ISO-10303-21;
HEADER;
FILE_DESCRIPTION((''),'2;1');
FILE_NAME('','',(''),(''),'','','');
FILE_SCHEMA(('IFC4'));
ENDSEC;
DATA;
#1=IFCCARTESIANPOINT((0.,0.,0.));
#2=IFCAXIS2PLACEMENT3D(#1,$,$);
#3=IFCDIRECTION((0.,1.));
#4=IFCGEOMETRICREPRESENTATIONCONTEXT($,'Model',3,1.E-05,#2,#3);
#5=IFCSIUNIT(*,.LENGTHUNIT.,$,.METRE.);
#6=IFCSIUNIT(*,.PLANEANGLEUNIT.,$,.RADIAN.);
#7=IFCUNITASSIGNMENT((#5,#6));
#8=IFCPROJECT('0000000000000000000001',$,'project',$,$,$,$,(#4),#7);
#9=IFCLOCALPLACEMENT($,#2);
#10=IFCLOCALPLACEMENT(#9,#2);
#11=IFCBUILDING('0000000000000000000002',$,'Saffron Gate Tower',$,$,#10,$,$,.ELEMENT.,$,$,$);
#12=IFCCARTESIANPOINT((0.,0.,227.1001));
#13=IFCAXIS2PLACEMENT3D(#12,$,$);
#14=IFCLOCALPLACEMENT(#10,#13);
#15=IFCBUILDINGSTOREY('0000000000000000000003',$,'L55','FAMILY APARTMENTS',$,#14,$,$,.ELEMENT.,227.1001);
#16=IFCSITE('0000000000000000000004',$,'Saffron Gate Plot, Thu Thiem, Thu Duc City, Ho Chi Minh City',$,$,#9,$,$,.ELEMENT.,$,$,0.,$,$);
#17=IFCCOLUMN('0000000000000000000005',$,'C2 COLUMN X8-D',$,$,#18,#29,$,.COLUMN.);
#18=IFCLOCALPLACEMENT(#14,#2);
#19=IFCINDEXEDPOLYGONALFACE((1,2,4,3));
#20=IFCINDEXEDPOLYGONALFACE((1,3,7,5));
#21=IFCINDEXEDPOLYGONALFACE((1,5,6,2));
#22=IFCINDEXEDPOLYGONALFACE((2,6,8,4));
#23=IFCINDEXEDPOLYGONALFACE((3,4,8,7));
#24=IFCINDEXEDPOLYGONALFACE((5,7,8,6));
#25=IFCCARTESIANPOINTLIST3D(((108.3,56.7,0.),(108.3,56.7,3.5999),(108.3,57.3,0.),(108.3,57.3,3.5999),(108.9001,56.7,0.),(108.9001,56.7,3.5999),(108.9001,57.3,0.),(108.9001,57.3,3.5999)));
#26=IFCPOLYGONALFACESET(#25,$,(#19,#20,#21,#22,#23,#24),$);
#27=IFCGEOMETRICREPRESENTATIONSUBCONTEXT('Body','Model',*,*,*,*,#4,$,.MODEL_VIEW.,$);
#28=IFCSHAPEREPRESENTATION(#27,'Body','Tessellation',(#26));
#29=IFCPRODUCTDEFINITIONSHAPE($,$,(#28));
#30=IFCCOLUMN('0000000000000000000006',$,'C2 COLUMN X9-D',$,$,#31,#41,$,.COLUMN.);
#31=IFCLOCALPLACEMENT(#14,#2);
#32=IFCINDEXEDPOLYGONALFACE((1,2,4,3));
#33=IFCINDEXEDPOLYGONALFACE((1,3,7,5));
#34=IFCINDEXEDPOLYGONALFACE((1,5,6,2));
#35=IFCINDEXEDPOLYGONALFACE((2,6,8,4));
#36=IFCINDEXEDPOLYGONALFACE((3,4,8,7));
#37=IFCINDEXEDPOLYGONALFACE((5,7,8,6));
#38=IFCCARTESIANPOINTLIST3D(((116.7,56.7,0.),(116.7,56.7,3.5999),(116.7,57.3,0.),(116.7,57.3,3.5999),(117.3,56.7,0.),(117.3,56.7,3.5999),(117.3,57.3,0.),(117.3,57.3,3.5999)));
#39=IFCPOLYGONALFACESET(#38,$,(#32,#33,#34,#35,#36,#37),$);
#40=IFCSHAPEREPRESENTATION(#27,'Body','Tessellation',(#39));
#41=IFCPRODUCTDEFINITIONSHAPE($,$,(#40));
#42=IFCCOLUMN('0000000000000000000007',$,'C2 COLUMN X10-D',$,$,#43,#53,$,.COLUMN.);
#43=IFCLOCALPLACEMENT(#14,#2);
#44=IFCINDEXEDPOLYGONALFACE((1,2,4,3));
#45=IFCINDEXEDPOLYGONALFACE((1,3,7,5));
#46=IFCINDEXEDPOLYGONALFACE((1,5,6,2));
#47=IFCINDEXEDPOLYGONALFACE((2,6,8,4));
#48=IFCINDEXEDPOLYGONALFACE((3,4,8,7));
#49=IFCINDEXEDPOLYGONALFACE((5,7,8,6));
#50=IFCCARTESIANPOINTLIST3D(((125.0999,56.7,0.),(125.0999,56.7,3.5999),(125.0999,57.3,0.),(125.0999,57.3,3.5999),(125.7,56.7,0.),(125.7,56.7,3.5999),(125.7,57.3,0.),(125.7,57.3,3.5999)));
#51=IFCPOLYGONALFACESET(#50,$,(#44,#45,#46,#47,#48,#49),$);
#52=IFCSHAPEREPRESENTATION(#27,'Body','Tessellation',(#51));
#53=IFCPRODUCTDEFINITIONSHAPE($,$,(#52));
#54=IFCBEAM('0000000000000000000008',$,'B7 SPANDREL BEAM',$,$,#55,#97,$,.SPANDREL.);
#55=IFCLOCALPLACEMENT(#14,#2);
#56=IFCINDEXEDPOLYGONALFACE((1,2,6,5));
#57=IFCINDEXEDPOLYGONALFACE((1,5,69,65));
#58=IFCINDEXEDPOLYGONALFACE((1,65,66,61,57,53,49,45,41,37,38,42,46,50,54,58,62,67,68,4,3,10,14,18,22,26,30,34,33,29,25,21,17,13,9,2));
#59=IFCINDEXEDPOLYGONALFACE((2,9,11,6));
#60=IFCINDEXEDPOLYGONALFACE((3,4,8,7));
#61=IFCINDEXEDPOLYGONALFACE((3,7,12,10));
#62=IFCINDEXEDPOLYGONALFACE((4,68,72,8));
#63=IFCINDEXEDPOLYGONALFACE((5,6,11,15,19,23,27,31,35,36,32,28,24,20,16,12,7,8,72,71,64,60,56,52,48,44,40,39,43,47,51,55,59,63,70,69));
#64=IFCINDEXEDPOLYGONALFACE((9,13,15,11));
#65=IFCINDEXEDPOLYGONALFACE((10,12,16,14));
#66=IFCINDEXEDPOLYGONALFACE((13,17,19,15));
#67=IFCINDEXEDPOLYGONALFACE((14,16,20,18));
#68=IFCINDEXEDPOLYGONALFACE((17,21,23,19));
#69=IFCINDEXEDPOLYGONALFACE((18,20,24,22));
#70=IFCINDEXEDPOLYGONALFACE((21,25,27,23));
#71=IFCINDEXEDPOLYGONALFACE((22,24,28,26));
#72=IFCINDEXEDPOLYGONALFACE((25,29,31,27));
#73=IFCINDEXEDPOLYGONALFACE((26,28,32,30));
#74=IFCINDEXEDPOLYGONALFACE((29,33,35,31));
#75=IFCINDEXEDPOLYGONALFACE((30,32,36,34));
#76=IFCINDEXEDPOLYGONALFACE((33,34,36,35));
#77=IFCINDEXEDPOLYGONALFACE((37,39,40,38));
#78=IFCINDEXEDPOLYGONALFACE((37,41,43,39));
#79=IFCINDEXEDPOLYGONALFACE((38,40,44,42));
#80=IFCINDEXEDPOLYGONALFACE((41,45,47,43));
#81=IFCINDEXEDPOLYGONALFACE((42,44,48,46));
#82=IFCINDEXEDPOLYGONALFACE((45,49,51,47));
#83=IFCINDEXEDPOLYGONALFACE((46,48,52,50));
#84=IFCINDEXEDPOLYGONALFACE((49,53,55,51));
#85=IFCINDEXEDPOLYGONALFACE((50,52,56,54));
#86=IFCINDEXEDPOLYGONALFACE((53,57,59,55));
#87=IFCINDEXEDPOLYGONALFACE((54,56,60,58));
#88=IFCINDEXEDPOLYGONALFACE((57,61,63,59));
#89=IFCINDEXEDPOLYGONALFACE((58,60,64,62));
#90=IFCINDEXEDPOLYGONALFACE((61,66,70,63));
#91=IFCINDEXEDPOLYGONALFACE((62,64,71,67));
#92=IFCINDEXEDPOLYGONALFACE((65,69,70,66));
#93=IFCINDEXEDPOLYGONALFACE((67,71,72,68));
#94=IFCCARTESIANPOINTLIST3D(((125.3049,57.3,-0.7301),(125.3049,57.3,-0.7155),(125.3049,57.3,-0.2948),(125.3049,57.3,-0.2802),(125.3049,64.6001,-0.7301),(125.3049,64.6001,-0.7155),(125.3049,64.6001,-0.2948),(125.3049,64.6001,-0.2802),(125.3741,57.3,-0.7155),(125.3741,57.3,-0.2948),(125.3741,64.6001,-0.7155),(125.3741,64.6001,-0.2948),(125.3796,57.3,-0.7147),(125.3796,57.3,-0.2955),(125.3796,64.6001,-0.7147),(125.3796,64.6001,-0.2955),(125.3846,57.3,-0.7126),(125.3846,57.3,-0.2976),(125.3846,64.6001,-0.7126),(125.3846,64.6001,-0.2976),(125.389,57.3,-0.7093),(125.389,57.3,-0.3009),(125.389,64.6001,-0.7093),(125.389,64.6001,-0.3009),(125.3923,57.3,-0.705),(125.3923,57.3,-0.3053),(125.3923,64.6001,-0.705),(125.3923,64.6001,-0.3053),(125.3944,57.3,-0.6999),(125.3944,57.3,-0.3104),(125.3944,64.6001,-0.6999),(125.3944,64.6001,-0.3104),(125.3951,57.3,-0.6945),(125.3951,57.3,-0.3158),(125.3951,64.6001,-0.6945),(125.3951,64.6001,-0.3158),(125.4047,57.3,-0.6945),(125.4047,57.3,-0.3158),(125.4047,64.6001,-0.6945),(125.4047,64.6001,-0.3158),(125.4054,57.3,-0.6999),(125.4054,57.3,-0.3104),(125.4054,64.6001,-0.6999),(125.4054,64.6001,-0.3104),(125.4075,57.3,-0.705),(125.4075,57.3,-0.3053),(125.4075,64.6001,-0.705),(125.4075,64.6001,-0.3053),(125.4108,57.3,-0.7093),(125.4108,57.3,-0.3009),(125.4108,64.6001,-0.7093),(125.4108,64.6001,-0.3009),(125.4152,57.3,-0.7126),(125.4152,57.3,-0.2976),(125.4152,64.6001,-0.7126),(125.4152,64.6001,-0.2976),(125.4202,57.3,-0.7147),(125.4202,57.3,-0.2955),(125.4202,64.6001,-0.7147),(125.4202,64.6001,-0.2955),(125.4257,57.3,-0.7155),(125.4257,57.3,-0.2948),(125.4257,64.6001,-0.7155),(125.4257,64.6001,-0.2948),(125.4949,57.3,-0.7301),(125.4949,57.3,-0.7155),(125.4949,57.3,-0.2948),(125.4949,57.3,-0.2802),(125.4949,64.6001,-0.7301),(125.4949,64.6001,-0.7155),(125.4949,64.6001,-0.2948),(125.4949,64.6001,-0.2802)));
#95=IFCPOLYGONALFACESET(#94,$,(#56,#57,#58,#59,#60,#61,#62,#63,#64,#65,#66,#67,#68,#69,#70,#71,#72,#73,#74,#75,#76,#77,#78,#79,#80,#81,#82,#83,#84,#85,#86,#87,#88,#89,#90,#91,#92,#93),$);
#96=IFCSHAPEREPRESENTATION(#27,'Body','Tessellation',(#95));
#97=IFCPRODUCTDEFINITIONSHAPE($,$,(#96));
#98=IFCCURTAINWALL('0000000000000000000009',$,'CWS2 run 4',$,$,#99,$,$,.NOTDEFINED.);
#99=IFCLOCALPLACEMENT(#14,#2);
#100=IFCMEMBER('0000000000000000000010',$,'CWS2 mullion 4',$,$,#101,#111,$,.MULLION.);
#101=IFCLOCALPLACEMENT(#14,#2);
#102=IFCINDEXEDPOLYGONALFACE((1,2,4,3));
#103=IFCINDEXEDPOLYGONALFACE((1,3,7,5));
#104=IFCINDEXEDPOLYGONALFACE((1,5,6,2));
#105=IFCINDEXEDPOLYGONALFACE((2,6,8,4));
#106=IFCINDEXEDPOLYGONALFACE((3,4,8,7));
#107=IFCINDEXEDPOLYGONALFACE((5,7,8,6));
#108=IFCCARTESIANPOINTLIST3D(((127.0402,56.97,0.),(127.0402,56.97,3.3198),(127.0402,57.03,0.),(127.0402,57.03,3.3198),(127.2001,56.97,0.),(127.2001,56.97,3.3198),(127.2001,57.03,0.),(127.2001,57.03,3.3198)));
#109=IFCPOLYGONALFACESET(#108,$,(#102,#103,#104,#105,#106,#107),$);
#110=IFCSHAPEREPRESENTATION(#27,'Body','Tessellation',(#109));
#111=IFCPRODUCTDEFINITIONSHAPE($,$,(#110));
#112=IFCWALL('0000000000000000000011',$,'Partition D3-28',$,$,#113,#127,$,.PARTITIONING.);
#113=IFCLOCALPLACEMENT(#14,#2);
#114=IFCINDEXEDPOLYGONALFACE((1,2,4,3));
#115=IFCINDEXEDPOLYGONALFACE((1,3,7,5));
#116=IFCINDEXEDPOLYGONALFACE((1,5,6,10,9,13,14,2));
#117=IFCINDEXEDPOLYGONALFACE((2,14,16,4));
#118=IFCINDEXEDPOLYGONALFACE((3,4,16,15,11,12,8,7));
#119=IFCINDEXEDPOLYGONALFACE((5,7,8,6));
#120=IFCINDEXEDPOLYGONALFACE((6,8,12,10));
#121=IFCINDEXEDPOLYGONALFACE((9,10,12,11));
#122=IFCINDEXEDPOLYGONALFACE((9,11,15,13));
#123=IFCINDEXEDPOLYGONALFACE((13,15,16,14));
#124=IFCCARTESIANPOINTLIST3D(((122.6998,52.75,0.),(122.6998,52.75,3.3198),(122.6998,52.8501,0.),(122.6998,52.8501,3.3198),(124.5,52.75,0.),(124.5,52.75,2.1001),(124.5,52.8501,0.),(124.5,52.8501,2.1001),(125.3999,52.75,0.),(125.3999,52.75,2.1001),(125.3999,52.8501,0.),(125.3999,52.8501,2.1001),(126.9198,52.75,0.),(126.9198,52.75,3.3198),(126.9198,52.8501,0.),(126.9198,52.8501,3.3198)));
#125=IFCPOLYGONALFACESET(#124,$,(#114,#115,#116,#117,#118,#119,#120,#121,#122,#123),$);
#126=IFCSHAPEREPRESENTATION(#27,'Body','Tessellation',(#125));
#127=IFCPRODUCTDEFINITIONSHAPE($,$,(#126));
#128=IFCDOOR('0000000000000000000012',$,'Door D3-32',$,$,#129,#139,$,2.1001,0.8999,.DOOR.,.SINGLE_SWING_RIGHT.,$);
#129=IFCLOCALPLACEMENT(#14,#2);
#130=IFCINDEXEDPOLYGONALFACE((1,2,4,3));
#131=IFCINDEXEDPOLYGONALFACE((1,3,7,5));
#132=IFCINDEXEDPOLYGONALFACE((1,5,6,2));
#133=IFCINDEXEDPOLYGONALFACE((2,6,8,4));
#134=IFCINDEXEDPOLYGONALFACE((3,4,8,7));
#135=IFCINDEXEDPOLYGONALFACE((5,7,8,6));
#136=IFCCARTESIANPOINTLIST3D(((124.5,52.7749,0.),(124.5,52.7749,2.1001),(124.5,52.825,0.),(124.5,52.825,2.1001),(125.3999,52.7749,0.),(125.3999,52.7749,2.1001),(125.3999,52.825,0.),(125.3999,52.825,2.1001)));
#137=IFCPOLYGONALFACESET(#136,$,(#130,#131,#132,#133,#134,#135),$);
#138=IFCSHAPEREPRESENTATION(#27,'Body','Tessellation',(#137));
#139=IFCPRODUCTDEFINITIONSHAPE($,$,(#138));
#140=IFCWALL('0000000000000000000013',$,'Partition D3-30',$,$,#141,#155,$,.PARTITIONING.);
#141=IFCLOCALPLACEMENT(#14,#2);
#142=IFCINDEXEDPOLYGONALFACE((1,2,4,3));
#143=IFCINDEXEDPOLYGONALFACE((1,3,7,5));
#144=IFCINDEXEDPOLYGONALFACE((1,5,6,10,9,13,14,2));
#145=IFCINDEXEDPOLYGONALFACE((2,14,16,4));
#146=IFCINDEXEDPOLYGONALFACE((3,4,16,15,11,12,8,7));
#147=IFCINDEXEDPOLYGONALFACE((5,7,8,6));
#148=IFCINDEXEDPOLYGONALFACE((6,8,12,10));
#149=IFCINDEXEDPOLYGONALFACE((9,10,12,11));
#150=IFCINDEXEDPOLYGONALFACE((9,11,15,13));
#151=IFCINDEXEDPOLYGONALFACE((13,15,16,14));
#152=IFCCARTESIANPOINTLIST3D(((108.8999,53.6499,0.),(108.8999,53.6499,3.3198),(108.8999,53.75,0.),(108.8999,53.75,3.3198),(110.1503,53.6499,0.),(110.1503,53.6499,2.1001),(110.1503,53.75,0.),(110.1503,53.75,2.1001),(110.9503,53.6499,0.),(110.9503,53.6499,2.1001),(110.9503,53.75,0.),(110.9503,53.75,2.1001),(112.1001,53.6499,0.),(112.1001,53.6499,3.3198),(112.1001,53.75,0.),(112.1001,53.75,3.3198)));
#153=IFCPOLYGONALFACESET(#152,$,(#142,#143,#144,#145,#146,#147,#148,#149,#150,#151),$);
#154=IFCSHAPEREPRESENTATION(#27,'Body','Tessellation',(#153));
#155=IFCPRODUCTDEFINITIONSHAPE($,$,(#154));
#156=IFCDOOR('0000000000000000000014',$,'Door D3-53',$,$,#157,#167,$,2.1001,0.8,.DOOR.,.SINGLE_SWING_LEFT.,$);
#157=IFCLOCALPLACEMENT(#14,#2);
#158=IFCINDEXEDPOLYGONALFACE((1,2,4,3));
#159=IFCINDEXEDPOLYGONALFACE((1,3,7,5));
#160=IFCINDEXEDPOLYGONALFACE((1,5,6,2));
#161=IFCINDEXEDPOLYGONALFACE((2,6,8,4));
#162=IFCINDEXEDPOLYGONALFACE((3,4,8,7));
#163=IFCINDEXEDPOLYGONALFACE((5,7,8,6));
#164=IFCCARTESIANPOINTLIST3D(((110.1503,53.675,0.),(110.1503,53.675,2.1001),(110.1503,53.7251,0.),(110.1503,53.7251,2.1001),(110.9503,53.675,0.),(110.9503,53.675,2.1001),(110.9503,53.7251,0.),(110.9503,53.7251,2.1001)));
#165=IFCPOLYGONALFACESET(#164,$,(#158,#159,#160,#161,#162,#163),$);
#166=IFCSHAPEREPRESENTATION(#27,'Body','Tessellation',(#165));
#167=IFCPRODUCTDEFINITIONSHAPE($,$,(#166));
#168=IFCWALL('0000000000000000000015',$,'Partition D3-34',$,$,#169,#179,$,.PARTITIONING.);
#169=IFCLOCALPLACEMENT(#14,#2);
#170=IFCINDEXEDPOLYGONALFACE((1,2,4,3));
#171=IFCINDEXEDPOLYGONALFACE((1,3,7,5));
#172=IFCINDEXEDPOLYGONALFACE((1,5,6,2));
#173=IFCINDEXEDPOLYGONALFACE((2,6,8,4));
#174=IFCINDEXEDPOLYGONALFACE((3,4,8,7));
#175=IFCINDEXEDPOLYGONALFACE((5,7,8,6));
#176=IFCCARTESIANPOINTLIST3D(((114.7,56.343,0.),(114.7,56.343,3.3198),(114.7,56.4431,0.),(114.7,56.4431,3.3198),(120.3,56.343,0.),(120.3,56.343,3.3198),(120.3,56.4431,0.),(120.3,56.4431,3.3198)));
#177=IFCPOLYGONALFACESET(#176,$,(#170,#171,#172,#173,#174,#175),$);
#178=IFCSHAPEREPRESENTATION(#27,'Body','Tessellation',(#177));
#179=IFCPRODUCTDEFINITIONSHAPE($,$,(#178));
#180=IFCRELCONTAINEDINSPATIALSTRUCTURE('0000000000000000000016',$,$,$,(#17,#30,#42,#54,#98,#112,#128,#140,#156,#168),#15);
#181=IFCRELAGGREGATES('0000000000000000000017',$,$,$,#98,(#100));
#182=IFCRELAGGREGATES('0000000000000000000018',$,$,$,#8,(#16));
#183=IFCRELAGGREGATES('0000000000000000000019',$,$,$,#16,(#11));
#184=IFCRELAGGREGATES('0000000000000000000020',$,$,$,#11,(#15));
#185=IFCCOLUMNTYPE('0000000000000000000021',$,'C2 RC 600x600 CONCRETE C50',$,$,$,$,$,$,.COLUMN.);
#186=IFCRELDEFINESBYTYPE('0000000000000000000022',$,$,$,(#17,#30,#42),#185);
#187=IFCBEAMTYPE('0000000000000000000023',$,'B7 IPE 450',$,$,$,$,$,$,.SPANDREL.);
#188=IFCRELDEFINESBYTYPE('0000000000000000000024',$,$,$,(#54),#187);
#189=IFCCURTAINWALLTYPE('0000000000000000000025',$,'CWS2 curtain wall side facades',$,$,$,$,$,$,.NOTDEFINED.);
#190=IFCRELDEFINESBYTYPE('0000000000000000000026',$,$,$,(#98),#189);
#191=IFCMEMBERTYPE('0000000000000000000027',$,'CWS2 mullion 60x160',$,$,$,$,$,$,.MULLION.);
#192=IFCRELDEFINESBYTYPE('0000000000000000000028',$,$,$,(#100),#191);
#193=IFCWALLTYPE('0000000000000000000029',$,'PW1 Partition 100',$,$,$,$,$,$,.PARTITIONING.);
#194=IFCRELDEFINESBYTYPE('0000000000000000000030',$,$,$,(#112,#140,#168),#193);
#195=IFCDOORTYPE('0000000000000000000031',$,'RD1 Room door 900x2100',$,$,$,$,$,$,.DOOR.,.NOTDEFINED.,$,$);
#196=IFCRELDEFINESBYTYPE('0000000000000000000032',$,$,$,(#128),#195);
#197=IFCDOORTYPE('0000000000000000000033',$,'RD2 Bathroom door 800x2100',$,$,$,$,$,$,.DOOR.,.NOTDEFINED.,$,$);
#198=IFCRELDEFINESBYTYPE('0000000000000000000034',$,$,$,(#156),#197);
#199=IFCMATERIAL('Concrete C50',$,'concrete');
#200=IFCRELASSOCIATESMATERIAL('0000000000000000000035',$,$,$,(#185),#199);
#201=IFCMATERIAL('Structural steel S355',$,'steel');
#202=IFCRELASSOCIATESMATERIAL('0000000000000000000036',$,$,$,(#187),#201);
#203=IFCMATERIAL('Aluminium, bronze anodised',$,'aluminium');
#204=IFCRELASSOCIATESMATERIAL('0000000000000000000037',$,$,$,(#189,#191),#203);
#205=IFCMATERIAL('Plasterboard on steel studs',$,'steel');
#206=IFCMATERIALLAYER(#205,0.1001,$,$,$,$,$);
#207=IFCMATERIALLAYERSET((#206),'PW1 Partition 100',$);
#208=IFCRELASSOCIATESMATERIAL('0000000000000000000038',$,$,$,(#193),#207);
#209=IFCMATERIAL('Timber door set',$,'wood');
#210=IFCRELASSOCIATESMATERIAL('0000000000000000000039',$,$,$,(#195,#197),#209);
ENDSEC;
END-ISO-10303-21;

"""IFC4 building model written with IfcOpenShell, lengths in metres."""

from ifc_helpers import new_model, si_unit, direction, frame, frame_2d, origin, origin_2d, place, context, subcontext, project, spatial, rectangle, i_section, extrude, material, layer, layer_set, material_profile, profile_set, type_object, element, fill, aggregate, save


model = new_model("IFC4")

# Units and contexts
model_context = context("Model", 3, precision=1e-05, world=origin(), true_north=direction((0.0, 1.0)))
body_context = subcontext(model_context, "Body", "Model", "MODEL_VIEW")
ifc_project = project(units=[si_unit("LENGTHUNIT", "METRE"), si_unit("PLANEANGLEUNIT", "RADIAN")], contexts=[model_context])

# Site, building, storey
site_placement = place(None, origin())
site = spatial("IfcSite", under=ifc_project, at=site_placement, Name="Saffron Gate Plot, Thu Thiem, Thu Duc City, Ho Chi Minh City", CompositionType="ELEMENT", RefElevation=0.0)
building_placement = place(site_placement, origin())
building = spatial("IfcBuilding", under=site, at=building_placement, Name="Saffron Gate Tower", CompositionType="ELEMENT")
storey_placement = place(building_placement, frame((0.0, 0.0, 227.1001)))
storey = spatial("IfcBuildingStorey", under=building, at=storey_placement, Name="L55", Description="FAMILY APARTMENTS", CompositionType="ELEMENT", Elevation=227.1001)

# Columns
ifc_material_1 = material(Name="Concrete C50", Category="concrete")
ifc_material_profile_1 = material_profile(ifc_material_1, rectangle(XDim=0.6001, YDim=0.6001, at=origin_2d()))
ifc_profile_set_1 = profile_set([ifc_material_profile_1], Name="Concrete C50")
column_type = type_object("IfcColumnType", Name="C2 RC 600x600 CONCRETE C50", PredefinedType="COLUMN", material=ifc_profile_set_1)
for number, where, z_axis, x_axis, name in (
    (1, (108.6001, 57.0, 0.0), (0.0, 0.0, 1.0), (1.0, 0.0, 0.0), "C2 COLUMN X8-D"),
    (2, (117.0, 57.0, 0.0), (0.0, 0.0, 1.0), (1.0, 0.0, 0.0), "C2 COLUMN X9-D"),
    (3, (125.3999, 57.0, 0.0), (0.0, 0.0, 1.0), (1.0, 0.0, 0.0), "C2 COLUMN X10-D"),
):
    element("IfcColumn", number, at=place(storey_placement, frame(where, z_axis=z_axis, x_axis=x_axis)), inside=storey, type_object=column_type, Name=name, PredefinedType="COLUMN", context=body_context, shape_type="SweptSolid", body=[
        extrude(rectangle(XDim=0.6001, YDim=0.6001, at=origin_2d()), origin(), (0.0, 0.0, 1.0), 3.5999),
    ])

# Beam
ifc_material_2 = material(Name="Structural steel S355", Category="steel")
ifc_material_profile_2 = material_profile(ifc_material_2, i_section(OverallWidth=0.1899, OverallDepth=0.45, WebThickness=0.0095, FlangeThickness=0.0146, FilletRadius=0.021, at=origin_2d()))
ifc_profile_set_2 = profile_set([ifc_material_profile_2], Name="Structural steel S355")
beam_type = type_object("IfcBeamType", Name="B7 IPE 450", PredefinedType="SPANDREL", material=ifc_profile_set_2)
beam_placement = place(storey_placement, frame((125.3999, 57.3, -0.5051), z_axis=(0.0, 1.0, 0.0), x_axis=(-1.0, 0.0, 0.0)))
element("IfcBeam", 4, at=beam_placement, inside=storey, type_object=beam_type, Name="B7 SPANDREL BEAM", PredefinedType="SPANDREL", context=body_context, shape_type="SweptSolid", body=[
    extrude(i_section(OverallWidth=0.1899, OverallDepth=0.45, WebThickness=0.0095, FlangeThickness=0.0146, FilletRadius=0.021, at=origin_2d()), origin(), (0.0, 0.0, 1.0), 7.3),
])

# Curtain wall, member
ifc_material_3 = material(Name="Aluminium, bronze anodised", Category="aluminium")
curtain_wall_type = type_object("IfcCurtainWallType", Name="CWS2 curtain wall side facades", PredefinedType="NOTDEFINED", material=ifc_material_3)
curtain_wall_placement = place(storey_placement, origin())
curtain_wall = element("IfcCurtainWall", 5, at=curtain_wall_placement, inside=storey, type_object=curtain_wall_type, Name="CWS2 run 4", PredefinedType="NOTDEFINED")
ifc_material_profile_3 = material_profile(ifc_material_3, rectangle(XDim=0.1599, YDim=0.0601, at=origin_2d()))
ifc_profile_set_3 = profile_set([ifc_material_profile_3], Name="Aluminium, bronze anodised")
member_type = type_object("IfcMemberType", Name="CWS2 mullion 60x160", PredefinedType="MULLION", material=ifc_profile_set_3)
member_placement = place(storey_placement, frame((127.1201, 57.0, 0.0), z_axis=(0.0, 0.0, 1.0), x_axis=(-1.0, 0.0, 0.0)))
member = element("IfcMember", 6, at=member_placement, type_object=member_type, Name="CWS2 mullion 4", PredefinedType="MULLION", context=body_context, shape_type="SweptSolid", body=[
    extrude(rectangle(XDim=0.1599, YDim=0.0601, at=origin_2d()), origin(), (0.0, 0.0, 1.0), 3.3198),
])
aggregate(curtain_wall, [member])

# Walls, openings, doors
ifc_material_4 = material(Name="Plasterboard on steel studs", Category="steel")
ifc_layer_1 = layer(ifc_material_4, 0.1001)
ifc_layer_set_1 = layer_set([ifc_layer_1], Name="PW1 Partition 100")
wall_type_1 = type_object("IfcWallType", Name="PW1 Partition 100", PredefinedType="PARTITIONING", material=ifc_layer_set_1)
wall_1_placement = place(storey_placement, frame((122.7, 52.8, 0.0), z_axis=(0.0, 0.0, 1.0), x_axis=(1.0, 0.0, 0.0)))
wall_1 = element("IfcWall", 7, at=wall_1_placement, inside=storey, type_object=wall_type_1, Name="Partition D3-28", PredefinedType="PARTITIONING", context=body_context, shape_type="SweptSolid", body=[
    extrude(rectangle(XDim=4.22, YDim=0.1001, at=frame_2d((2.1099, 0.0))), origin(), (0.0, 0.0, 1.0), 3.3198),
])
opening_1_placement = place(wall_1_placement, frame((1.8, 0.0, 0.0)))
opening_1 = element("IfcOpeningElement", 8, at=opening_1_placement, cuts=wall_1, PredefinedType="OPENING", context=body_context, shape_type="SweptSolid", body=[
    extrude(rectangle(XDim=0.8999, YDim=2.1001, at=frame_2d((0.45, 1.05))), frame((0.0, 0.0601, 0.0), z_axis=(0.0, -1.0, 0.0), x_axis=(1.0, 0.0, 0.0)), (0.0, 0.0, 1.0), 0.1201),
])
ifc_material_5 = material(Name="Timber door set", Category="wood")
door_type_1 = type_object("IfcDoorType", Name="RD1 Room door 900x2100", OperationType="NOTDEFINED", PredefinedType="DOOR", material=ifc_material_5)
door_1_placement = place(opening_1_placement, origin())
door_1 = element("IfcDoor", 9, at=door_1_placement, inside=storey, type_object=door_type_1, Name="Door D3-32", OperationType="SINGLE_SWING_RIGHT", OverallHeight=2.1001, OverallWidth=0.8999, PredefinedType="DOOR", context=body_context, shape_type="SweptSolid", body=[
    extrude(rectangle(XDim=0.8999, YDim=2.1001, at=frame_2d((0.45, 1.05))), frame((0.0, 0.0249, 0.0), z_axis=(0.0, -1.0, 0.0), x_axis=(1.0, 0.0, 0.0)), (0.0, 0.0, 1.0), 0.05),
])
fill(opening_1, door_1)
wall_2_placement = place(storey_placement, frame((112.1001, 53.7, 0.0), z_axis=(0.0, 0.0, 1.0), x_axis=(-1.0, 0.0, 0.0)))
wall_2 = element("IfcWall", 10, at=wall_2_placement, inside=storey, type_object=wall_type_1, Name="Partition D3-30", PredefinedType="PARTITIONING", context=body_context, shape_type="SweptSolid", body=[
    extrude(rectangle(XDim=3.2002, YDim=0.1001, at=frame_2d((1.6001, 0.0))), origin(), (0.0, 0.0, 1.0), 3.3198),
])
opening_2_placement = place(wall_2_placement, frame((1.1499, 0.0, 0.0)))
opening_2 = element("IfcOpeningElement", 11, at=opening_2_placement, cuts=wall_2, PredefinedType="OPENING", context=body_context, shape_type="SweptSolid", body=[
    extrude(rectangle(XDim=0.8, YDim=2.1001, at=frame_2d((0.3999, 1.05))), frame((0.0, 0.0601, 0.0), z_axis=(0.0, -1.0, 0.0), x_axis=(1.0, 0.0, 0.0)), (0.0, 0.0, 1.0), 0.1201),
])
door_type_2 = type_object("IfcDoorType", Name="RD2 Bathroom door 800x2100", OperationType="NOTDEFINED", PredefinedType="DOOR", material=ifc_material_5)
door_2_placement = place(opening_2_placement, origin())
door_2 = element("IfcDoor", 12, at=door_2_placement, inside=storey, type_object=door_type_2, Name="Door D3-53", OperationType="SINGLE_SWING_LEFT", OverallHeight=2.1001, OverallWidth=0.8, PredefinedType="DOOR", context=body_context, shape_type="SweptSolid", body=[
    extrude(rectangle(XDim=0.8, YDim=2.1001, at=frame_2d((0.3999, 1.05))), frame((0.0, 0.0249, 0.0), z_axis=(0.0, -1.0, 0.0), x_axis=(1.0, 0.0, 0.0)), (0.0, 0.0, 1.0), 0.05),
])
fill(opening_2, door_2)

# Wall
wall_3_placement = place(storey_placement, frame((114.7, 56.3931, 0.0), z_axis=(0.0, 0.0, 1.0), x_axis=(1.0, 0.0, 0.0)))
element("IfcWall", 13, at=wall_3_placement, inside=storey, type_object=wall_type_1, Name="Partition D3-34", PredefinedType="PARTITIONING", context=body_context, shape_type="SweptSolid", body=[
    extrude(rectangle(XDim=5.6001, YDim=0.1001, at=frame_2d((2.8, 0.0))), origin(), (0.0, 0.0, 1.0), 3.3198),
])

save(model, "model.ifc")
